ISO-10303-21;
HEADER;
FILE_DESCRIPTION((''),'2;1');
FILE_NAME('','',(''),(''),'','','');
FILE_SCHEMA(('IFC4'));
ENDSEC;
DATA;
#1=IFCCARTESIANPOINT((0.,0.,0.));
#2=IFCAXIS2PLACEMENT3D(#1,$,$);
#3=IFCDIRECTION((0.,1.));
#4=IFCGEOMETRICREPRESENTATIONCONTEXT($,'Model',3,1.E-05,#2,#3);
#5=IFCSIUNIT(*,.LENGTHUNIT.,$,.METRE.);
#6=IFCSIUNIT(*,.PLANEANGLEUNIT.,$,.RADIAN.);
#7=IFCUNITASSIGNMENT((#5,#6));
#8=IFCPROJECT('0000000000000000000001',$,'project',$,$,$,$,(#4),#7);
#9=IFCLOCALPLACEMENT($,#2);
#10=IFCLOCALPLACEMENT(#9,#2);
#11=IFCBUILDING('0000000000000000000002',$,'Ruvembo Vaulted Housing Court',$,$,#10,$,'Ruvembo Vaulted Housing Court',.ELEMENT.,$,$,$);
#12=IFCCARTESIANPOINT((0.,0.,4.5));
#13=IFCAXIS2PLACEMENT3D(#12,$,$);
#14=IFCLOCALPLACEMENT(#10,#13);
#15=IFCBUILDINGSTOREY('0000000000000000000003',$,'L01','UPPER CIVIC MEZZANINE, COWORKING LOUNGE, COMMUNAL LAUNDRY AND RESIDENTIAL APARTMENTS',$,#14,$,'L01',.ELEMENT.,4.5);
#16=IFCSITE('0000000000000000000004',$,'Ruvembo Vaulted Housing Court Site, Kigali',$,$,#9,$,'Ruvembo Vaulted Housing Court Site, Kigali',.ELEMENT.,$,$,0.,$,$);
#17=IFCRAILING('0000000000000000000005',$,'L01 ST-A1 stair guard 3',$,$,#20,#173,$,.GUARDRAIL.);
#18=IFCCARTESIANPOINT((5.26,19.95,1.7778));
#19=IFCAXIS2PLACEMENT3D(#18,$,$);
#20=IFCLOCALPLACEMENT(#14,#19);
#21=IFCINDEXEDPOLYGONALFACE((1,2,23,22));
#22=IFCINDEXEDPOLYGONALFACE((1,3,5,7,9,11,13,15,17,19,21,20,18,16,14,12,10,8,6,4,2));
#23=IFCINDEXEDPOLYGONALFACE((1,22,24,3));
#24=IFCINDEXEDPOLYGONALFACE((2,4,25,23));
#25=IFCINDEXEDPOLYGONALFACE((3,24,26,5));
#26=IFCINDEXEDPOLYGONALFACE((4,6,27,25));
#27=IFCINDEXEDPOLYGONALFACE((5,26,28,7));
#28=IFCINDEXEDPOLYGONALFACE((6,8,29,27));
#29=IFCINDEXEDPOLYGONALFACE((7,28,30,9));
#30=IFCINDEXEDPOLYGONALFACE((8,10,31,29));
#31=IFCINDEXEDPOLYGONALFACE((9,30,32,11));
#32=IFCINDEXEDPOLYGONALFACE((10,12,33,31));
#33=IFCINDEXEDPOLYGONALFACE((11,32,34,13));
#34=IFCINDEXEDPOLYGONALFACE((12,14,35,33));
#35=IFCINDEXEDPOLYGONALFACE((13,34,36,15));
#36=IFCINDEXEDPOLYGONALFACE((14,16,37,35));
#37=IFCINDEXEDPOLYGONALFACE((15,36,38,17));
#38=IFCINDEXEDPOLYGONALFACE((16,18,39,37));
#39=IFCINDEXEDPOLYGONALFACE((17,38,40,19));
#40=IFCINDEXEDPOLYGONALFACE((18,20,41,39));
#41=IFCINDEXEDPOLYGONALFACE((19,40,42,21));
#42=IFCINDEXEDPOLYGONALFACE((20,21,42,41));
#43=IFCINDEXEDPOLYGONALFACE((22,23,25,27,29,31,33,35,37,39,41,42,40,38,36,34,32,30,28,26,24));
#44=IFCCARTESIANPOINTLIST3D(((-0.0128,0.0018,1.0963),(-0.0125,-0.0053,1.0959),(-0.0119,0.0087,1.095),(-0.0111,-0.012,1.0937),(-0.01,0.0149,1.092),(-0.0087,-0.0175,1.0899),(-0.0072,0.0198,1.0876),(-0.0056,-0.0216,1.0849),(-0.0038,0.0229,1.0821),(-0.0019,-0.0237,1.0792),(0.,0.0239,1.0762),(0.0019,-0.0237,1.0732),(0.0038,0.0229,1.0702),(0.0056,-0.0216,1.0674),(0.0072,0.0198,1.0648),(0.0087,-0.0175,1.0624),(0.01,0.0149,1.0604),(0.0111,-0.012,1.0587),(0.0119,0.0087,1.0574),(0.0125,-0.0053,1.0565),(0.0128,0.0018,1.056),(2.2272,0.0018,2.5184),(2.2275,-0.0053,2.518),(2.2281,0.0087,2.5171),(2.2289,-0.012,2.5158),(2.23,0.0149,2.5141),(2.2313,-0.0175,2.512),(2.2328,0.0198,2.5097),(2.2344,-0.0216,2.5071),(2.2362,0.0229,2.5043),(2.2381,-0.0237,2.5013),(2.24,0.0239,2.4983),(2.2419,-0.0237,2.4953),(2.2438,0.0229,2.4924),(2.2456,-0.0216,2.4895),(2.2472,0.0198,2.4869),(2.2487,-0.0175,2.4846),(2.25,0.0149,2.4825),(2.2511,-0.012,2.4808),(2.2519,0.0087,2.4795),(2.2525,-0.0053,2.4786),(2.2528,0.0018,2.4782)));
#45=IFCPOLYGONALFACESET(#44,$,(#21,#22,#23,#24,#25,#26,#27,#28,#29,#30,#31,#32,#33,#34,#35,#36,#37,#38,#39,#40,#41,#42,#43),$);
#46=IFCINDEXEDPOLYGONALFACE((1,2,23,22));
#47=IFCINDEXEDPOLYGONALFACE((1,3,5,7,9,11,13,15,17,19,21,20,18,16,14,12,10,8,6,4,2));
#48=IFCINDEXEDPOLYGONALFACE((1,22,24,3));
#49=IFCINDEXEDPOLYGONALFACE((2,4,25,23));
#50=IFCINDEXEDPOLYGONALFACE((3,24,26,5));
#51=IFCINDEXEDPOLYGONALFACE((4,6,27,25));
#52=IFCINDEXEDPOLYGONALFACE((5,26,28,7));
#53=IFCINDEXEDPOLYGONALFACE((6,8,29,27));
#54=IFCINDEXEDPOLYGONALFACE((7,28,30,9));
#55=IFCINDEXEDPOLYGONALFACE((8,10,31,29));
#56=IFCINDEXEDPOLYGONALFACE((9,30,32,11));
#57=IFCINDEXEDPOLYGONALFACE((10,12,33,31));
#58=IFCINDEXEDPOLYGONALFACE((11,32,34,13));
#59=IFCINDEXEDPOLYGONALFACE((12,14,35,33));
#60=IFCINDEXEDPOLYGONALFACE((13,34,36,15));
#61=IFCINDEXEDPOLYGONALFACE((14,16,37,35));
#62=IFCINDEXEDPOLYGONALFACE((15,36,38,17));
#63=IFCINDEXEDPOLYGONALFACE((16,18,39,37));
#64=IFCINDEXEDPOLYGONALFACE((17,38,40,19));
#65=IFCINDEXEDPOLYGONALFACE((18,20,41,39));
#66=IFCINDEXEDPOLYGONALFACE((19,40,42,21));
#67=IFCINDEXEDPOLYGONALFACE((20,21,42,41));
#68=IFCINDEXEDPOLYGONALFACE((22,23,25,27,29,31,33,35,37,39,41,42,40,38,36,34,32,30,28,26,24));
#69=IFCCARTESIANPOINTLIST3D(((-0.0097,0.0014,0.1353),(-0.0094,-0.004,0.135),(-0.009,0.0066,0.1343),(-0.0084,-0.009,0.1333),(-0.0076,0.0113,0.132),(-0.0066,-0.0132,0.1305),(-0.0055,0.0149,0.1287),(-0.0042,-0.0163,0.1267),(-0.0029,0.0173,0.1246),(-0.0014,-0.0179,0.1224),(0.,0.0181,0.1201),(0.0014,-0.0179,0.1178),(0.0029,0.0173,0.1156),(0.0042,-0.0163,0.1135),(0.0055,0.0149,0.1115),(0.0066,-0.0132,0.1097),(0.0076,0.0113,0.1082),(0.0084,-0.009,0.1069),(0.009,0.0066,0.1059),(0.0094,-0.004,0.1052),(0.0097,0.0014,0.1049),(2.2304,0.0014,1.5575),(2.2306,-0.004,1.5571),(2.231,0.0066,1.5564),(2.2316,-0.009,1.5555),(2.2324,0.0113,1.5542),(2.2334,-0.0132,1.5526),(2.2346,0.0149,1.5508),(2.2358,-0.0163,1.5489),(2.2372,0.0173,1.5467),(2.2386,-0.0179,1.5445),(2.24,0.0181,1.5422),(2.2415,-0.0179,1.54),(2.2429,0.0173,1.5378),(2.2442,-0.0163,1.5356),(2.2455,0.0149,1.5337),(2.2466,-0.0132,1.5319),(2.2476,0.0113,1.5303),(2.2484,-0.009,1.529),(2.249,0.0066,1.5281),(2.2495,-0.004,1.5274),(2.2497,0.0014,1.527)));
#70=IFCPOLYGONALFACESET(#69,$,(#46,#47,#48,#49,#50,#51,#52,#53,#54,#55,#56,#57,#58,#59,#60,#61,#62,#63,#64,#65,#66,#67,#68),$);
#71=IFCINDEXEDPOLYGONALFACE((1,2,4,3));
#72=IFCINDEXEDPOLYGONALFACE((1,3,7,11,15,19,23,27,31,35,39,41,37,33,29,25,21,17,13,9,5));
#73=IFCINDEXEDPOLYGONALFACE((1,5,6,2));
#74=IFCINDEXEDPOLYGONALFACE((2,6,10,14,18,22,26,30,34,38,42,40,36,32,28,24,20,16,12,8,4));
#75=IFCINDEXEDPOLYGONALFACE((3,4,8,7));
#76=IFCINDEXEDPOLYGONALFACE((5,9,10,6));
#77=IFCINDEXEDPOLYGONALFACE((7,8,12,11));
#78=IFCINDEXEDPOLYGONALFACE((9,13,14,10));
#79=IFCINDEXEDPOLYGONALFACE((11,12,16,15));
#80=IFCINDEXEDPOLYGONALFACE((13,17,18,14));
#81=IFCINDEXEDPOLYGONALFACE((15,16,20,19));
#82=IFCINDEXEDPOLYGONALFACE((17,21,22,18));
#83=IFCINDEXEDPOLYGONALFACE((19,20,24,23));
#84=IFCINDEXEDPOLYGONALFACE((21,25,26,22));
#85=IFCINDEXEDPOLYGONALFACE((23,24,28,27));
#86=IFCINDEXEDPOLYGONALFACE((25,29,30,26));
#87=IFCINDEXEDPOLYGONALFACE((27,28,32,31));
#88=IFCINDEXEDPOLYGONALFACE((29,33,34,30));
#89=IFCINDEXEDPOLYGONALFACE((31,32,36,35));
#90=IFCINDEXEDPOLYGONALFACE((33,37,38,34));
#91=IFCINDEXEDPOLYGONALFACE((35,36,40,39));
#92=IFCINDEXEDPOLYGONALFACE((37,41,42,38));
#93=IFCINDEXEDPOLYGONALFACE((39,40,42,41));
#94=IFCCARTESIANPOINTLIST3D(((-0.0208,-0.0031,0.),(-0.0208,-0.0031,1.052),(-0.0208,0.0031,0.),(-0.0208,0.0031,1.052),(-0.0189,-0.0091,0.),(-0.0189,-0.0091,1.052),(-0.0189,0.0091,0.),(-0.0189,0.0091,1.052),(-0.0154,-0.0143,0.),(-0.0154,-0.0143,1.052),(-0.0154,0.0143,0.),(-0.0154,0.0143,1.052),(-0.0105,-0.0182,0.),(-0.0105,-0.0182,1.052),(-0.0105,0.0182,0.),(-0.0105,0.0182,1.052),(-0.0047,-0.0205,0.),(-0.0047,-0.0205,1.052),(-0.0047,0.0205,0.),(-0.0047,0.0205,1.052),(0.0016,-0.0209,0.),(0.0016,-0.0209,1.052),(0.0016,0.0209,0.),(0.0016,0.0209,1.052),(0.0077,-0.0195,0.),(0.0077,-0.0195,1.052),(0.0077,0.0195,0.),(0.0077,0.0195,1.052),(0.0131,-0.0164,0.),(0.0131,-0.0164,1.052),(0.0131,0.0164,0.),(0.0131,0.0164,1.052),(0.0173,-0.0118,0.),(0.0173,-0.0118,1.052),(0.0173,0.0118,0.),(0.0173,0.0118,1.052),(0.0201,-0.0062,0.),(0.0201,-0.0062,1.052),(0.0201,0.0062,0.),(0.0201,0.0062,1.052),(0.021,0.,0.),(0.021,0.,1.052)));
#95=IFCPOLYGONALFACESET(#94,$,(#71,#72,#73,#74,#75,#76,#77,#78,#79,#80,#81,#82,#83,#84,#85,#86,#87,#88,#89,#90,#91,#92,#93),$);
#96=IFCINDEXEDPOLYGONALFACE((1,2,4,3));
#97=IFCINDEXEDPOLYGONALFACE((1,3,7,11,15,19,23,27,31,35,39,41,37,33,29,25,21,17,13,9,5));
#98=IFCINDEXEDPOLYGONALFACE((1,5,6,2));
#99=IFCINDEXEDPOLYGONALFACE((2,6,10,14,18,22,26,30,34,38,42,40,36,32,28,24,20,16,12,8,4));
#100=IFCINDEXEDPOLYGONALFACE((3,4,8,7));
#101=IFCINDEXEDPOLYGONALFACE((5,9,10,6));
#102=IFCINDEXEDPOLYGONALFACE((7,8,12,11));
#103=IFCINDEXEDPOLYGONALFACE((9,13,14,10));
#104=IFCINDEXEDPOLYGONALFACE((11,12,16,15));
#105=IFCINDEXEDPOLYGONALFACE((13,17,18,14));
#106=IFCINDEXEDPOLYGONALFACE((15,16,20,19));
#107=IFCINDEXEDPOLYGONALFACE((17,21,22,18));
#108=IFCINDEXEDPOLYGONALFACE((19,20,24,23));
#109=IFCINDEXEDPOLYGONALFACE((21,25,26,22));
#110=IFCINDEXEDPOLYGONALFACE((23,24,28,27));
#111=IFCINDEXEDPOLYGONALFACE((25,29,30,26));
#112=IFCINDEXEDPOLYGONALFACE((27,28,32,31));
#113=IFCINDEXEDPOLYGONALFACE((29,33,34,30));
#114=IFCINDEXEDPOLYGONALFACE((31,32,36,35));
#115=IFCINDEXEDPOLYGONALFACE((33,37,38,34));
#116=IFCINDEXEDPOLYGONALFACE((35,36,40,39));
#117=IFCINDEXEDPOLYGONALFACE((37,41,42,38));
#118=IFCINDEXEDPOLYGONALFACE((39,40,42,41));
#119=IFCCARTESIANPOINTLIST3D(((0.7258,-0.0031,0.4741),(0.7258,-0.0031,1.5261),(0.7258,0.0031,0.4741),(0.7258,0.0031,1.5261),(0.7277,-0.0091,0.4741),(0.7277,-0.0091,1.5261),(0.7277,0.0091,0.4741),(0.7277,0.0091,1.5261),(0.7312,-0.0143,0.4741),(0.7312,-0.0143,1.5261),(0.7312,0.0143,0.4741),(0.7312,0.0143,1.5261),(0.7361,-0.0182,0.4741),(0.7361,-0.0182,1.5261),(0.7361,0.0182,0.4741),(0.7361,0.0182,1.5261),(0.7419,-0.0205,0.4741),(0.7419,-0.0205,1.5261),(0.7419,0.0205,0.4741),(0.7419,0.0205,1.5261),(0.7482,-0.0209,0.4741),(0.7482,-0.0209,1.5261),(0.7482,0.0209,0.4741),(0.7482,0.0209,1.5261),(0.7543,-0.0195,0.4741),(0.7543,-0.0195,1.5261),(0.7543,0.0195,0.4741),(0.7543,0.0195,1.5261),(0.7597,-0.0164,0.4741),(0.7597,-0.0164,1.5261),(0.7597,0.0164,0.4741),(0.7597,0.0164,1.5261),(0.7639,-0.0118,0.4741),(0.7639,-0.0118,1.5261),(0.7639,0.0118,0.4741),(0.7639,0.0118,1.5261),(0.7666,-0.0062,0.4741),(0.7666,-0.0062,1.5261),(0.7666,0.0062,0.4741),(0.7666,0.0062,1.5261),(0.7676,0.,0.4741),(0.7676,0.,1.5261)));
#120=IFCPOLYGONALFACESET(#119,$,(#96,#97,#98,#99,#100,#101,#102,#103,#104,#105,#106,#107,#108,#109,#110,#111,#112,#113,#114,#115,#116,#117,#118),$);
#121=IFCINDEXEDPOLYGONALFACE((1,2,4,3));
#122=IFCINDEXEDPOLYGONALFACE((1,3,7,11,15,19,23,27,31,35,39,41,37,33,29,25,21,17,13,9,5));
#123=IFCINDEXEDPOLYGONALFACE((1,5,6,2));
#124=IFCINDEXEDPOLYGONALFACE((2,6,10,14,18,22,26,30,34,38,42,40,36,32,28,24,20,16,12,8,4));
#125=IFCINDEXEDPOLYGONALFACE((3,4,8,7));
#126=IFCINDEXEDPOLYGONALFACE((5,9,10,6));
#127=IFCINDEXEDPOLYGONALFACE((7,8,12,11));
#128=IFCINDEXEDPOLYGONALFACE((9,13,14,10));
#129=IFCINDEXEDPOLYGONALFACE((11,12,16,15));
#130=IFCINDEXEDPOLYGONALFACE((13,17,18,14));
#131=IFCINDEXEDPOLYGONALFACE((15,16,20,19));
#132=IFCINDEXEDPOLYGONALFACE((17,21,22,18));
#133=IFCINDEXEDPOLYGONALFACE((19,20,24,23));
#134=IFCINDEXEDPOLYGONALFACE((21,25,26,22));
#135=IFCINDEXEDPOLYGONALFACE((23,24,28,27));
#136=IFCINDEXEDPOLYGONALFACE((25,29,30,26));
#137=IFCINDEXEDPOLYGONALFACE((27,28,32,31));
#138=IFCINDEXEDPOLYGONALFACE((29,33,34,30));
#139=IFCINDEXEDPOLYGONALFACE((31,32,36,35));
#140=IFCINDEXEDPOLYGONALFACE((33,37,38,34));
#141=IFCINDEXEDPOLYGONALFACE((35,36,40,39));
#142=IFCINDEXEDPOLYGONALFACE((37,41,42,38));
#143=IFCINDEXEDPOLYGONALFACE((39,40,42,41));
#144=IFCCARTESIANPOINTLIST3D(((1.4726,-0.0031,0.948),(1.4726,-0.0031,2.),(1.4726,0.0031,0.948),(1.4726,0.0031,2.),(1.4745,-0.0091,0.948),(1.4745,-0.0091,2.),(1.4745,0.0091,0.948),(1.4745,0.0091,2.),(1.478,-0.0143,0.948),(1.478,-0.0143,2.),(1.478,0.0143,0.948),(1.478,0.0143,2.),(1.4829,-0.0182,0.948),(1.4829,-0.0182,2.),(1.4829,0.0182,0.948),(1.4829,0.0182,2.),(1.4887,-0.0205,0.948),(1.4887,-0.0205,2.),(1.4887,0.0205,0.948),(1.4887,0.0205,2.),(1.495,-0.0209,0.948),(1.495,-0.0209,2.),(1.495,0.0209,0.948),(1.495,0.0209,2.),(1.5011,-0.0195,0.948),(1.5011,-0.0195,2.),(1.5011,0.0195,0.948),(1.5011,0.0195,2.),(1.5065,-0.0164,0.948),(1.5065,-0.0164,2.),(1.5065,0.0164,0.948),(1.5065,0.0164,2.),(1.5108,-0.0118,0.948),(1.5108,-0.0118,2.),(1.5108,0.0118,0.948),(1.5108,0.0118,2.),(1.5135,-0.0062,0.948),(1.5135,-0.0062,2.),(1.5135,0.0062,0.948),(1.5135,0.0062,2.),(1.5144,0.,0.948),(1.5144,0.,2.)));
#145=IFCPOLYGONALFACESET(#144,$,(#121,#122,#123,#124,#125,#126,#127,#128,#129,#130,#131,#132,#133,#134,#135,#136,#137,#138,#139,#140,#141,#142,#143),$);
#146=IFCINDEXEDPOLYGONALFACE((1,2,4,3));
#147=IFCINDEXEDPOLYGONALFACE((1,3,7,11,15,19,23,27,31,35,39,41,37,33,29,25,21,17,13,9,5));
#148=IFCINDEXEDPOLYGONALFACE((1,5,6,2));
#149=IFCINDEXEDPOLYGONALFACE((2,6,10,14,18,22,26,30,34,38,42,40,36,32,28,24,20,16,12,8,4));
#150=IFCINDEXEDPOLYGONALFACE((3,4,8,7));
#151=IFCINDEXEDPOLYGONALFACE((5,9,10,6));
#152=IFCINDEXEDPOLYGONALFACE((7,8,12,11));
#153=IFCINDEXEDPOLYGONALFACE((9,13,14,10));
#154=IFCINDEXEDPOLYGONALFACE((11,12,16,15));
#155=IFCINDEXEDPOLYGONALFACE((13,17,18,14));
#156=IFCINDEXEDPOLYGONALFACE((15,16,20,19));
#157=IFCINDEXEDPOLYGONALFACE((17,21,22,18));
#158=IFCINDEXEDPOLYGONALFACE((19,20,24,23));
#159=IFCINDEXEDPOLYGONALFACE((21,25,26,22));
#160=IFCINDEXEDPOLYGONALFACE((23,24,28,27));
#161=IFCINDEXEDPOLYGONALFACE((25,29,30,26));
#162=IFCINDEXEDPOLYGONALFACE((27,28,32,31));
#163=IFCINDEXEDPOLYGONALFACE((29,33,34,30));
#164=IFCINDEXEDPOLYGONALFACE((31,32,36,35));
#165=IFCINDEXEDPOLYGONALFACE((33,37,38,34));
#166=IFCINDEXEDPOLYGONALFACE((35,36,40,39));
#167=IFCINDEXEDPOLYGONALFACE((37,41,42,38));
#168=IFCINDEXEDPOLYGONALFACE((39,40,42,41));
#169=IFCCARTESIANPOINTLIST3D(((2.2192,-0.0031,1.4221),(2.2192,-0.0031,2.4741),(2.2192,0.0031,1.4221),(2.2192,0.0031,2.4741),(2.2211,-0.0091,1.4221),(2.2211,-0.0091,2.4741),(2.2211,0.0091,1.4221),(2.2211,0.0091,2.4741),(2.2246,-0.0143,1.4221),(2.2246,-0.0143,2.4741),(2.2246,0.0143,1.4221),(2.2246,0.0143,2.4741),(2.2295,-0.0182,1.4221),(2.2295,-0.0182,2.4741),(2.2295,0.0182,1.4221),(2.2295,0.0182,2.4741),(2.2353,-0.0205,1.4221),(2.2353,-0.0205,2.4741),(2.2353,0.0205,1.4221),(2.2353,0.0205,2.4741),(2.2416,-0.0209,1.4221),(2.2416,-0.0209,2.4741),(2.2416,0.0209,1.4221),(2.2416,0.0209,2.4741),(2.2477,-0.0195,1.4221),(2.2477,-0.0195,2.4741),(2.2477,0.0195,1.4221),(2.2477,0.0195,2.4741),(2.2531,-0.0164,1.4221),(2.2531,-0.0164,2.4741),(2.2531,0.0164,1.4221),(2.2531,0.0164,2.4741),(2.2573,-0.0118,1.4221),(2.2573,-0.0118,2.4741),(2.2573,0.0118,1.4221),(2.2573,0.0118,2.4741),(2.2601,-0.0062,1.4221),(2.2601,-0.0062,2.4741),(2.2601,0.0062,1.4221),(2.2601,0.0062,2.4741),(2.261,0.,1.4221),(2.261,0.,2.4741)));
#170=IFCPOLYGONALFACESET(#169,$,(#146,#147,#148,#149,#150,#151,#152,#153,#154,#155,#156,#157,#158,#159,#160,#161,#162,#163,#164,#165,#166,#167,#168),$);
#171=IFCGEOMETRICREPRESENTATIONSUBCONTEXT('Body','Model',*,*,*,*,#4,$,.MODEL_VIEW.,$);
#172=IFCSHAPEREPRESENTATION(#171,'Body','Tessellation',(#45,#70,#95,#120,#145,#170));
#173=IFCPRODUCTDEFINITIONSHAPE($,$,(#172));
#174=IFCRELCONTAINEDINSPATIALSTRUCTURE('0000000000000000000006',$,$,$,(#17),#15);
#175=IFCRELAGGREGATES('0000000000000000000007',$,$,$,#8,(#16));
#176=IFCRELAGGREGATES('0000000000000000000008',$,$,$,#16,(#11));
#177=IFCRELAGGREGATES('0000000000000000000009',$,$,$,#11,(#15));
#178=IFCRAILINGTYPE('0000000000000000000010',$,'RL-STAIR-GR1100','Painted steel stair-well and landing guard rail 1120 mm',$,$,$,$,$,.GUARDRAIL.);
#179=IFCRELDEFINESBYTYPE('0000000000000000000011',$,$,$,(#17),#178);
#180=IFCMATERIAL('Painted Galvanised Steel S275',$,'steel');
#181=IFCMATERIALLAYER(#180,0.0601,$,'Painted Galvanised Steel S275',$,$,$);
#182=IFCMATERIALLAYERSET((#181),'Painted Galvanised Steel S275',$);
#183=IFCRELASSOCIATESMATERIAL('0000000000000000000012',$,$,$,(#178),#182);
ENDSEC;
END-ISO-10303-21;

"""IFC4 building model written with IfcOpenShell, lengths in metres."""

from ifc_helpers import new_model, si_unit, direction, frame, origin, origin_2d, place, context, subcontext, project, spatial, circle, extrude, material, layer, layer_set, type_object, element, save


model = new_model("IFC4")

# Units and contexts
model_context = context("Model", 3, precision=1e-05, world=origin(), true_north=direction((0.0, 1.0)))
body_context = subcontext(model_context, "Body", "Model", "MODEL_VIEW")
ifc_project = project(units=[si_unit("LENGTHUNIT", "METRE"), si_unit("PLANEANGLEUNIT", "RADIAN")], contexts=[model_context])

# Site, building, storey
site_placement = place(None, origin())
site = spatial("IfcSite", under=ifc_project, at=site_placement, Name="Ruvembo Vaulted Housing Court Site, Kigali", LongName="Ruvembo Vaulted Housing Court Site, Kigali", CompositionType="ELEMENT", RefElevation=0.0)
building_placement = place(site_placement, origin())
building = spatial("IfcBuilding", under=site, at=building_placement, Name="Ruvembo Vaulted Housing Court", LongName="Ruvembo Vaulted Housing Court", CompositionType="ELEMENT")
storey_placement = place(building_placement, frame((0.0, 0.0, 4.5)))
storey = spatial("IfcBuildingStorey", under=building, at=storey_placement, Name="L01", Description="UPPER CIVIC MEZZANINE, COWORKING LOUNGE, COMMUNAL LAUNDRY AND RESIDENTIAL APARTMENTS", LongName="L01", CompositionType="ELEMENT", Elevation=4.5)

# Railing
ifc_material_1 = material(Name="Painted Galvanised Steel S275", Category="steel")
ifc_layer_1 = layer(ifc_material_1, 0.0601, Name="Painted Galvanised Steel S275")
ifc_layer_set_1 = layer_set([ifc_layer_1], Name="Painted Galvanised Steel S275")
railing_type_1 = type_object("IfcRailingType", Name="RL-STAIR-GR1100", Description="Painted steel stair-well and landing guard rail 1120 mm", PredefinedType="GUARDRAIL", material=ifc_layer_set_1)
railing_1_placement = place(storey_placement, frame((5.26, 19.95, 1.7778)))
element("IfcRailing", 1, at=railing_1_placement, inside=storey, type_object=railing_type_1, Name="L01 ST-A1 stair guard 3", PredefinedType="GUARDRAIL", context=body_context, shape_type="SweptSolid", body=[
    extrude(circle(Radius=0.0239, at=origin_2d()), frame((0.0, 0.0, 1.0762), z_axis=(0.844229, 0.0, 0.535982), x_axis=(0.0, 1.0, 0.0)), (0.0, 0.0, 1.0), 2.6533),
    extrude(circle(Radius=0.0181, at=origin_2d()), frame((0.0, 0.0, 0.1201), z_axis=(0.844229, 0.0, 0.535982), x_axis=(0.0, 1.0, 0.0)), (0.0, 0.0, 1.0), 2.6533),
    extrude(circle(Radius=0.021, at=origin_2d()), origin(), (0.0, 0.0, 1.0), 1.052),
    extrude(circle(Radius=0.021, at=origin_2d()), frame((0.7466, 0.0, 0.4741)), (0.0, 0.0, 1.0), 1.052),
    extrude(circle(Radius=0.021, at=origin_2d()), frame((1.4934, 0.0, 0.948)), (0.0, 0.0, 1.0), 1.052),
    extrude(circle(Radius=0.021, at=origin_2d()), frame((2.24, 0.0, 1.4221)), (0.0, 0.0, 1.0), 1.052),
])

save(model, "model.ifc")
